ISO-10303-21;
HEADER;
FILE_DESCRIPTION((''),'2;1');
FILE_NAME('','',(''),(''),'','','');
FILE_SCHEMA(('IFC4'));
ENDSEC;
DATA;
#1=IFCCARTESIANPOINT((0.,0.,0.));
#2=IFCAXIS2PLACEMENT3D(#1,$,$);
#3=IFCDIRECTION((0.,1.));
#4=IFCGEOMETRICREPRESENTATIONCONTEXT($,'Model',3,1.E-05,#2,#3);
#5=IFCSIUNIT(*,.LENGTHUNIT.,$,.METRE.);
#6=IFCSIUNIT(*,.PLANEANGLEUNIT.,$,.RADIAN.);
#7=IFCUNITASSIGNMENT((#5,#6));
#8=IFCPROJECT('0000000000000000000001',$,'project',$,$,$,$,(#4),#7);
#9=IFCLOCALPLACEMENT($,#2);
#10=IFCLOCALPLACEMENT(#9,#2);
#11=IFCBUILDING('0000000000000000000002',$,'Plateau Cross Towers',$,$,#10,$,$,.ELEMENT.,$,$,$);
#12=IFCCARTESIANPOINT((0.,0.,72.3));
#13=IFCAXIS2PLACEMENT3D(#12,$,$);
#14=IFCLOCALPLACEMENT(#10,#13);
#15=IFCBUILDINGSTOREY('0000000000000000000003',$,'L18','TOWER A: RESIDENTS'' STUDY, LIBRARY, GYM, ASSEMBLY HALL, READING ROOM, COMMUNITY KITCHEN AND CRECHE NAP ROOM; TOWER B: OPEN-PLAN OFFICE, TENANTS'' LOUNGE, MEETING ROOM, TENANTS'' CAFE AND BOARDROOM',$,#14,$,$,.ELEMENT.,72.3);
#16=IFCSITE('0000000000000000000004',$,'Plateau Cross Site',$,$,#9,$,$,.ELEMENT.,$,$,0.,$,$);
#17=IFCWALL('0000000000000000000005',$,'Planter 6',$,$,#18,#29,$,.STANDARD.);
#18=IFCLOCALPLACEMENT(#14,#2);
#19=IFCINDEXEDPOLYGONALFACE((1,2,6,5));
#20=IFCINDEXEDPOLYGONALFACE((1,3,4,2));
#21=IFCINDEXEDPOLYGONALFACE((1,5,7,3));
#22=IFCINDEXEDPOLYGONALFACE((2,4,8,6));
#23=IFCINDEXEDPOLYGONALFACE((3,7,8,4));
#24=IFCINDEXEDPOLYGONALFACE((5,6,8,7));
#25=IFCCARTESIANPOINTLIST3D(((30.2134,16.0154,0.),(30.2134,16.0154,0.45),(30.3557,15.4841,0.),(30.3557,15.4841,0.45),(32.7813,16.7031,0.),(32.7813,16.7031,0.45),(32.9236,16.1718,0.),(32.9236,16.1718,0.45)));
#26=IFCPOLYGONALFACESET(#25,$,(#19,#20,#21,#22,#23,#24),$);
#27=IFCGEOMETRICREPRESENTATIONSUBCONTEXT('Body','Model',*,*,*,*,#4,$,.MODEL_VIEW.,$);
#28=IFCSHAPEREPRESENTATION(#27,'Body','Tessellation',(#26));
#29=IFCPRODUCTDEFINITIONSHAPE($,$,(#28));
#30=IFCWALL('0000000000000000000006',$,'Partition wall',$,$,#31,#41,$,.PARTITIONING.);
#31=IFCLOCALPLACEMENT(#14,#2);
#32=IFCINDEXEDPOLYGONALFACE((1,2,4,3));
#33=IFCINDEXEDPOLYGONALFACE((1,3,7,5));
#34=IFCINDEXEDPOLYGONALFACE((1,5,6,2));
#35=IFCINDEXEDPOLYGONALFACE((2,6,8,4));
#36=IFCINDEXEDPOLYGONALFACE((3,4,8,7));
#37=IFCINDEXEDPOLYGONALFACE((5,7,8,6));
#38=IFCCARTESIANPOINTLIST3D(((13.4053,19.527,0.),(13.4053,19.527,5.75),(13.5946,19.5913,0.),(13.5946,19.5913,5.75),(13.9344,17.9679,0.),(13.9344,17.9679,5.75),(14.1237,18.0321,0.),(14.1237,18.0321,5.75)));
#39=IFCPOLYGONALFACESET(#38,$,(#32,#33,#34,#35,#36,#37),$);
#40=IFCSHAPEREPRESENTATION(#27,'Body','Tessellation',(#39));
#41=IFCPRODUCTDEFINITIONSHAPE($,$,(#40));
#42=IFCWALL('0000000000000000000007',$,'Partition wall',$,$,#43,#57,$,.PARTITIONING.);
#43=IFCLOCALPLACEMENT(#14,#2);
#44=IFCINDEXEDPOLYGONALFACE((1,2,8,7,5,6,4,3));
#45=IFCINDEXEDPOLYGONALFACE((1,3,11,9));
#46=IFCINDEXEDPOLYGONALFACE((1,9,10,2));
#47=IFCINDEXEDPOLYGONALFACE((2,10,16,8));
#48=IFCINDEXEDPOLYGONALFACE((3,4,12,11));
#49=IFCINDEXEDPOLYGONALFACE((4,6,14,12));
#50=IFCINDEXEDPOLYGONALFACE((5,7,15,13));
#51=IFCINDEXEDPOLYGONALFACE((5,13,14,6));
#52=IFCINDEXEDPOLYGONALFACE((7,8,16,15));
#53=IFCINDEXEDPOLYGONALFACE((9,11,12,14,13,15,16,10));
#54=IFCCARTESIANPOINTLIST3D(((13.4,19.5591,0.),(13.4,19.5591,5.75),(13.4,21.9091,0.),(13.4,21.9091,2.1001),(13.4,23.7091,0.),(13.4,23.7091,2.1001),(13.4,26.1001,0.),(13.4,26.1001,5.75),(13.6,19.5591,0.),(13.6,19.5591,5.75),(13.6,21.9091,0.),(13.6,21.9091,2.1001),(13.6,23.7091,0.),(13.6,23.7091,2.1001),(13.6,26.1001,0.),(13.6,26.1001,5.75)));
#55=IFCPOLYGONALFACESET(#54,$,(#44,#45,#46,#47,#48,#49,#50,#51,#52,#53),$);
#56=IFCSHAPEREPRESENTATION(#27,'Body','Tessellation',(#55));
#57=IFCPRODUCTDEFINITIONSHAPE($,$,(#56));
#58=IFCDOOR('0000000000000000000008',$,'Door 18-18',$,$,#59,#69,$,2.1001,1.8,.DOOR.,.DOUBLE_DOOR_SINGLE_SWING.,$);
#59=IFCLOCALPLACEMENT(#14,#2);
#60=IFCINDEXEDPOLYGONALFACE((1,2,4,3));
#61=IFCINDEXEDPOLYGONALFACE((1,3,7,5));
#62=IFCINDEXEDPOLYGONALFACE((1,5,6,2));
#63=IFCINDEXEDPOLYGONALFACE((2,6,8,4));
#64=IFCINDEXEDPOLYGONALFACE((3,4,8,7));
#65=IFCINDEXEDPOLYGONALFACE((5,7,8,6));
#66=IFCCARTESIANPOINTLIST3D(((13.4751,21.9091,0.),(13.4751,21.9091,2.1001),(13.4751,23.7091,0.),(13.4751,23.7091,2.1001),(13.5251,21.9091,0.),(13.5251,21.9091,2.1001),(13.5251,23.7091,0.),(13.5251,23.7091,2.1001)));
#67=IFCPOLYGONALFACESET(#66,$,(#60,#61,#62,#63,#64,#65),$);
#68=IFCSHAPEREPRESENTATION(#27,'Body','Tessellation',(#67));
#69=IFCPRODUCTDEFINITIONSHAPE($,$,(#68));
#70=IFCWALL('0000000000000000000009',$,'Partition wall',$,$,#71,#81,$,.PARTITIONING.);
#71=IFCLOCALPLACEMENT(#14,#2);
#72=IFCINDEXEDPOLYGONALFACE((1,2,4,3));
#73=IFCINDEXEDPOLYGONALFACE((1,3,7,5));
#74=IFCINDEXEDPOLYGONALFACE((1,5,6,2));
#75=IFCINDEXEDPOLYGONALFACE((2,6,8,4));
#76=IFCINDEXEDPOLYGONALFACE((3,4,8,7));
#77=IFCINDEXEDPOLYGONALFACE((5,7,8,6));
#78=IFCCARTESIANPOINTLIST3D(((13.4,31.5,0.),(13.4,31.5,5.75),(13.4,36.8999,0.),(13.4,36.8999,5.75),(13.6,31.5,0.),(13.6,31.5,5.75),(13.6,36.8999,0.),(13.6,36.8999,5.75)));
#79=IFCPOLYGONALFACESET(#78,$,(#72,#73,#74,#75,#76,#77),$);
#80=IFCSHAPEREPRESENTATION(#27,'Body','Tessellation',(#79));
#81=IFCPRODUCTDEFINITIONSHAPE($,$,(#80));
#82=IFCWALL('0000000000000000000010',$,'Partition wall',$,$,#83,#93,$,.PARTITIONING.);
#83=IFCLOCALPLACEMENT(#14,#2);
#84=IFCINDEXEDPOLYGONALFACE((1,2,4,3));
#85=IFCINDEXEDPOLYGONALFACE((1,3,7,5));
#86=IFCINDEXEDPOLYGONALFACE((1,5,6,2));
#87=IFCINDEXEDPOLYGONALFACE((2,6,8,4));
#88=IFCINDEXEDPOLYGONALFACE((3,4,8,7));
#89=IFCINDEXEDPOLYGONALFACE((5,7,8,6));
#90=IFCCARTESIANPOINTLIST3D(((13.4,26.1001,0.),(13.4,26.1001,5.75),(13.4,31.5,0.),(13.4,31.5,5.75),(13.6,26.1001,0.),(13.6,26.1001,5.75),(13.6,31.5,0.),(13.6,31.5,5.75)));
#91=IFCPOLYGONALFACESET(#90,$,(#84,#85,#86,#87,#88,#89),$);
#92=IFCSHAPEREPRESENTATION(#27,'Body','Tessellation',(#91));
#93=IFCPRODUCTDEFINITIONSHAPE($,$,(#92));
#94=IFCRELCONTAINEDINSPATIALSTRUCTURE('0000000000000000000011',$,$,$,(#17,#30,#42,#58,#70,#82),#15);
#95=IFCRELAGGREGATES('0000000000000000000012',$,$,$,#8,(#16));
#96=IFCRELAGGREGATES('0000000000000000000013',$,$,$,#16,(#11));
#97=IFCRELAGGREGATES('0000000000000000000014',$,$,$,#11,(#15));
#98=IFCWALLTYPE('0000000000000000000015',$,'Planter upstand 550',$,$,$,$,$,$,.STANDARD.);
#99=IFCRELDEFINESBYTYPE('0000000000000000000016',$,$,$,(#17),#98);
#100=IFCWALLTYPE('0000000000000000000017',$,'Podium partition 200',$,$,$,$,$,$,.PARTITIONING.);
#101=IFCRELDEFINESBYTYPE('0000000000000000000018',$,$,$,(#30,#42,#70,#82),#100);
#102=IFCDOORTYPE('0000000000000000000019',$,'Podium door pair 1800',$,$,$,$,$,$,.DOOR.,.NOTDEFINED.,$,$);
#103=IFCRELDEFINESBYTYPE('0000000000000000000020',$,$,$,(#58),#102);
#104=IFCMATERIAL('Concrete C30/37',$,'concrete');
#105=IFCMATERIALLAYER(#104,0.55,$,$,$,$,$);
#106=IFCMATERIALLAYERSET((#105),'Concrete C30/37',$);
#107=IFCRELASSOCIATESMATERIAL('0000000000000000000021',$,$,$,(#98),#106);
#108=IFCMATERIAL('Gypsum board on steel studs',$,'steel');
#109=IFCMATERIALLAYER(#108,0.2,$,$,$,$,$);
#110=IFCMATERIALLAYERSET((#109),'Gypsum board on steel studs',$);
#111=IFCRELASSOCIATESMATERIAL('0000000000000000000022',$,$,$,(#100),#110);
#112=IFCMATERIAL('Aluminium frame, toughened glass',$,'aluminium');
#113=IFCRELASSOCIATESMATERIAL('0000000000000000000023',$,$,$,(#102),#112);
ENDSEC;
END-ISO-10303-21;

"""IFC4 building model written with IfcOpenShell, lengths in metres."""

from ifc_helpers import new_model, si_unit, direction, frame, frame_2d, origin, place, context, subcontext, project, spatial, rectangle, extrude, material, layer, layer_set, type_object, element, fill, save


model = new_model("IFC4")

# Units and contexts
model_context = context("Model", 3, precision=1e-05, world=origin(), true_north=direction((0.0, 1.0)))
body_context = subcontext(model_context, "Body", "Model", "MODEL_VIEW")
ifc_project = project(units=[si_unit("LENGTHUNIT", "METRE"), si_unit("PLANEANGLEUNIT", "RADIAN")], contexts=[model_context])

# Site, building, storey
site_placement = place(None, origin())
site = spatial("IfcSite", under=ifc_project, at=site_placement, Name="Plateau Cross Site", CompositionType="ELEMENT", RefElevation=0.0)
building_placement = place(site_placement, origin())
building = spatial("IfcBuilding", under=site, at=building_placement, Name="Plateau Cross Towers", CompositionType="ELEMENT")
storey_placement = place(building_placement, frame((0.0, 0.0, 72.3)))
storey = spatial("IfcBuildingStorey", under=building, at=storey_placement, Name="L18", Description="TOWER A: RESIDENTS' STUDY, LIBRARY, GYM, ASSEMBLY HALL, READING ROOM, COMMUNITY KITCHEN AND CRECHE NAP ROOM; TOWER B: OPEN-PLAN OFFICE, TENANTS' LOUNGE, MEETING ROOM, TENANTS' CAFE AND BOARDROOM", CompositionType="ELEMENT", Elevation=72.3)

# Walls
ifc_material_1 = material(Name="Concrete C30/37", Category="concrete")
ifc_layer_1 = layer(ifc_material_1, 0.55)
ifc_layer_set_1 = layer_set([ifc_layer_1], Name="Concrete C30/37")
wall_type_1 = type_object("IfcWallType", Name="Planter upstand 550", PredefinedType="STANDARD", material=ifc_layer_set_1)
wall_1_placement = place(storey_placement, frame((30.2847, 15.7498, 0.0), z_axis=(0.0, 0.0, 1.0), x_axis=(0.965955, 0.258709, 0.0)))
element("IfcWall", 1, at=wall_1_placement, inside=storey, type_object=wall_type_1, Name="Planter 6", PredefinedType="STANDARD", context=body_context, shape_type="SweptSolid", body=[
    extrude(rectangle(XDim=2.6584, YDim=0.55, at=frame_2d((1.3291, 0.0))), origin(), (0.0, 0.0, 1.0), 0.45),
])
ifc_material_2 = material(Name="Gypsum board on steel studs", Category="steel")
ifc_layer_2 = layer(ifc_material_2, 0.2)
ifc_layer_set_2 = layer_set([ifc_layer_2], Name="Gypsum board on steel studs")
wall_type_2 = type_object("IfcWallType", Name="Podium partition 200", PredefinedType="PARTITIONING", material=ifc_layer_set_2)
wall_2_placement = place(storey_placement, frame((14.0291, 18.0, 0.0), z_axis=(0.0, 0.0, 1.0), x_axis=(-0.321339, 0.946964, 0.0)))
element("IfcWall", 2, at=wall_2_placement, inside=storey, type_object=wall_type_2, Name="Partition wall", PredefinedType="PARTITIONING", context=body_context, shape_type="SweptSolid", body=[
    extrude(rectangle(XDim=1.6465, YDim=0.2, at=frame_2d((0.8232, 0.0))), origin(), (0.0, 0.0, 1.0), 5.75),
])

# Wall, opening, door
wall_3_placement = place(storey_placement, frame((13.5, 19.5591, 0.0), z_axis=(0.0, 0.0, 1.0), x_axis=(0.0, 1.0, 0.0)))
wall_3 = element("IfcWall", 3, at=wall_3_placement, inside=storey, type_object=wall_type_2, Name="Partition wall", PredefinedType="PARTITIONING", context=body_context, shape_type="SweptSolid", body=[
    extrude(rectangle(XDim=6.541, YDim=0.2, at=frame_2d((3.2705, 0.0))), origin(), (0.0, 0.0, 1.0), 5.75),
])
opening_1_placement = place(wall_3_placement, frame((2.3501, 0.0, 0.0)))
opening_1 = element("IfcOpeningElement", 4, at=opening_1_placement, cuts=wall_3, PredefinedType="OPENING", context=body_context, shape_type="SweptSolid", body=[
    extrude(rectangle(XDim=1.8, YDim=2.1001, at=frame_2d((0.8999, 1.05))), frame((0.0, 0.1099, 0.0), z_axis=(0.0, -1.0, 0.0), x_axis=(1.0, 0.0, 0.0)), (0.0, 0.0, 1.0), 0.22),
])
ifc_material_3 = material(Name="Aluminium frame, toughened glass", Category="aluminium")
door_type_1 = type_object("IfcDoorType", Name="Podium door pair 1800", OperationType="NOTDEFINED", PredefinedType="DOOR", material=ifc_material_3)
door_1_placement = place(opening_1_placement, origin())
door_1 = element("IfcDoor", 5, at=door_1_placement, inside=storey, type_object=door_type_1, Name="Door 18-18", OperationType="DOUBLE_DOOR_SINGLE_SWING", OverallHeight=2.1001, OverallWidth=1.8, PredefinedType="DOOR", context=body_context, shape_type="SweptSolid", body=[
    extrude(rectangle(XDim=1.8, YDim=2.1001, at=frame_2d((0.8999, 1.05))), frame((0.0, 0.0249, 0.0), z_axis=(0.0, -1.0, 0.0), x_axis=(1.0, 0.0, 0.0)), (0.0, 0.0, 1.0), 0.05),
])
fill(opening_1, door_1)

# Walls
for number, where, z_axis, x_axis, name in (
    (6, (13.5, 31.5, 0.0), (0.0, 0.0, 1.0), (0.0, 1.0, 0.0), "Partition wall"),
    (7, (13.5, 26.1001, 0.0), (0.0, 0.0, 1.0), (0.0, 1.0, 0.0), "Partition wall"),
):
    element("IfcWall", number, at=place(storey_placement, frame(where, z_axis=z_axis, x_axis=x_axis)), inside=storey, type_object=wall_type_2, Name=name, PredefinedType="PARTITIONING", context=body_context, shape_type="SweptSolid", body=[
        extrude(rectangle(XDim=5.3999, YDim=0.2, at=frame_2d((2.7, 0.0))), origin(), (0.0, 0.0, 1.0), 5.75),
    ])

save(model, "model.ifc")
